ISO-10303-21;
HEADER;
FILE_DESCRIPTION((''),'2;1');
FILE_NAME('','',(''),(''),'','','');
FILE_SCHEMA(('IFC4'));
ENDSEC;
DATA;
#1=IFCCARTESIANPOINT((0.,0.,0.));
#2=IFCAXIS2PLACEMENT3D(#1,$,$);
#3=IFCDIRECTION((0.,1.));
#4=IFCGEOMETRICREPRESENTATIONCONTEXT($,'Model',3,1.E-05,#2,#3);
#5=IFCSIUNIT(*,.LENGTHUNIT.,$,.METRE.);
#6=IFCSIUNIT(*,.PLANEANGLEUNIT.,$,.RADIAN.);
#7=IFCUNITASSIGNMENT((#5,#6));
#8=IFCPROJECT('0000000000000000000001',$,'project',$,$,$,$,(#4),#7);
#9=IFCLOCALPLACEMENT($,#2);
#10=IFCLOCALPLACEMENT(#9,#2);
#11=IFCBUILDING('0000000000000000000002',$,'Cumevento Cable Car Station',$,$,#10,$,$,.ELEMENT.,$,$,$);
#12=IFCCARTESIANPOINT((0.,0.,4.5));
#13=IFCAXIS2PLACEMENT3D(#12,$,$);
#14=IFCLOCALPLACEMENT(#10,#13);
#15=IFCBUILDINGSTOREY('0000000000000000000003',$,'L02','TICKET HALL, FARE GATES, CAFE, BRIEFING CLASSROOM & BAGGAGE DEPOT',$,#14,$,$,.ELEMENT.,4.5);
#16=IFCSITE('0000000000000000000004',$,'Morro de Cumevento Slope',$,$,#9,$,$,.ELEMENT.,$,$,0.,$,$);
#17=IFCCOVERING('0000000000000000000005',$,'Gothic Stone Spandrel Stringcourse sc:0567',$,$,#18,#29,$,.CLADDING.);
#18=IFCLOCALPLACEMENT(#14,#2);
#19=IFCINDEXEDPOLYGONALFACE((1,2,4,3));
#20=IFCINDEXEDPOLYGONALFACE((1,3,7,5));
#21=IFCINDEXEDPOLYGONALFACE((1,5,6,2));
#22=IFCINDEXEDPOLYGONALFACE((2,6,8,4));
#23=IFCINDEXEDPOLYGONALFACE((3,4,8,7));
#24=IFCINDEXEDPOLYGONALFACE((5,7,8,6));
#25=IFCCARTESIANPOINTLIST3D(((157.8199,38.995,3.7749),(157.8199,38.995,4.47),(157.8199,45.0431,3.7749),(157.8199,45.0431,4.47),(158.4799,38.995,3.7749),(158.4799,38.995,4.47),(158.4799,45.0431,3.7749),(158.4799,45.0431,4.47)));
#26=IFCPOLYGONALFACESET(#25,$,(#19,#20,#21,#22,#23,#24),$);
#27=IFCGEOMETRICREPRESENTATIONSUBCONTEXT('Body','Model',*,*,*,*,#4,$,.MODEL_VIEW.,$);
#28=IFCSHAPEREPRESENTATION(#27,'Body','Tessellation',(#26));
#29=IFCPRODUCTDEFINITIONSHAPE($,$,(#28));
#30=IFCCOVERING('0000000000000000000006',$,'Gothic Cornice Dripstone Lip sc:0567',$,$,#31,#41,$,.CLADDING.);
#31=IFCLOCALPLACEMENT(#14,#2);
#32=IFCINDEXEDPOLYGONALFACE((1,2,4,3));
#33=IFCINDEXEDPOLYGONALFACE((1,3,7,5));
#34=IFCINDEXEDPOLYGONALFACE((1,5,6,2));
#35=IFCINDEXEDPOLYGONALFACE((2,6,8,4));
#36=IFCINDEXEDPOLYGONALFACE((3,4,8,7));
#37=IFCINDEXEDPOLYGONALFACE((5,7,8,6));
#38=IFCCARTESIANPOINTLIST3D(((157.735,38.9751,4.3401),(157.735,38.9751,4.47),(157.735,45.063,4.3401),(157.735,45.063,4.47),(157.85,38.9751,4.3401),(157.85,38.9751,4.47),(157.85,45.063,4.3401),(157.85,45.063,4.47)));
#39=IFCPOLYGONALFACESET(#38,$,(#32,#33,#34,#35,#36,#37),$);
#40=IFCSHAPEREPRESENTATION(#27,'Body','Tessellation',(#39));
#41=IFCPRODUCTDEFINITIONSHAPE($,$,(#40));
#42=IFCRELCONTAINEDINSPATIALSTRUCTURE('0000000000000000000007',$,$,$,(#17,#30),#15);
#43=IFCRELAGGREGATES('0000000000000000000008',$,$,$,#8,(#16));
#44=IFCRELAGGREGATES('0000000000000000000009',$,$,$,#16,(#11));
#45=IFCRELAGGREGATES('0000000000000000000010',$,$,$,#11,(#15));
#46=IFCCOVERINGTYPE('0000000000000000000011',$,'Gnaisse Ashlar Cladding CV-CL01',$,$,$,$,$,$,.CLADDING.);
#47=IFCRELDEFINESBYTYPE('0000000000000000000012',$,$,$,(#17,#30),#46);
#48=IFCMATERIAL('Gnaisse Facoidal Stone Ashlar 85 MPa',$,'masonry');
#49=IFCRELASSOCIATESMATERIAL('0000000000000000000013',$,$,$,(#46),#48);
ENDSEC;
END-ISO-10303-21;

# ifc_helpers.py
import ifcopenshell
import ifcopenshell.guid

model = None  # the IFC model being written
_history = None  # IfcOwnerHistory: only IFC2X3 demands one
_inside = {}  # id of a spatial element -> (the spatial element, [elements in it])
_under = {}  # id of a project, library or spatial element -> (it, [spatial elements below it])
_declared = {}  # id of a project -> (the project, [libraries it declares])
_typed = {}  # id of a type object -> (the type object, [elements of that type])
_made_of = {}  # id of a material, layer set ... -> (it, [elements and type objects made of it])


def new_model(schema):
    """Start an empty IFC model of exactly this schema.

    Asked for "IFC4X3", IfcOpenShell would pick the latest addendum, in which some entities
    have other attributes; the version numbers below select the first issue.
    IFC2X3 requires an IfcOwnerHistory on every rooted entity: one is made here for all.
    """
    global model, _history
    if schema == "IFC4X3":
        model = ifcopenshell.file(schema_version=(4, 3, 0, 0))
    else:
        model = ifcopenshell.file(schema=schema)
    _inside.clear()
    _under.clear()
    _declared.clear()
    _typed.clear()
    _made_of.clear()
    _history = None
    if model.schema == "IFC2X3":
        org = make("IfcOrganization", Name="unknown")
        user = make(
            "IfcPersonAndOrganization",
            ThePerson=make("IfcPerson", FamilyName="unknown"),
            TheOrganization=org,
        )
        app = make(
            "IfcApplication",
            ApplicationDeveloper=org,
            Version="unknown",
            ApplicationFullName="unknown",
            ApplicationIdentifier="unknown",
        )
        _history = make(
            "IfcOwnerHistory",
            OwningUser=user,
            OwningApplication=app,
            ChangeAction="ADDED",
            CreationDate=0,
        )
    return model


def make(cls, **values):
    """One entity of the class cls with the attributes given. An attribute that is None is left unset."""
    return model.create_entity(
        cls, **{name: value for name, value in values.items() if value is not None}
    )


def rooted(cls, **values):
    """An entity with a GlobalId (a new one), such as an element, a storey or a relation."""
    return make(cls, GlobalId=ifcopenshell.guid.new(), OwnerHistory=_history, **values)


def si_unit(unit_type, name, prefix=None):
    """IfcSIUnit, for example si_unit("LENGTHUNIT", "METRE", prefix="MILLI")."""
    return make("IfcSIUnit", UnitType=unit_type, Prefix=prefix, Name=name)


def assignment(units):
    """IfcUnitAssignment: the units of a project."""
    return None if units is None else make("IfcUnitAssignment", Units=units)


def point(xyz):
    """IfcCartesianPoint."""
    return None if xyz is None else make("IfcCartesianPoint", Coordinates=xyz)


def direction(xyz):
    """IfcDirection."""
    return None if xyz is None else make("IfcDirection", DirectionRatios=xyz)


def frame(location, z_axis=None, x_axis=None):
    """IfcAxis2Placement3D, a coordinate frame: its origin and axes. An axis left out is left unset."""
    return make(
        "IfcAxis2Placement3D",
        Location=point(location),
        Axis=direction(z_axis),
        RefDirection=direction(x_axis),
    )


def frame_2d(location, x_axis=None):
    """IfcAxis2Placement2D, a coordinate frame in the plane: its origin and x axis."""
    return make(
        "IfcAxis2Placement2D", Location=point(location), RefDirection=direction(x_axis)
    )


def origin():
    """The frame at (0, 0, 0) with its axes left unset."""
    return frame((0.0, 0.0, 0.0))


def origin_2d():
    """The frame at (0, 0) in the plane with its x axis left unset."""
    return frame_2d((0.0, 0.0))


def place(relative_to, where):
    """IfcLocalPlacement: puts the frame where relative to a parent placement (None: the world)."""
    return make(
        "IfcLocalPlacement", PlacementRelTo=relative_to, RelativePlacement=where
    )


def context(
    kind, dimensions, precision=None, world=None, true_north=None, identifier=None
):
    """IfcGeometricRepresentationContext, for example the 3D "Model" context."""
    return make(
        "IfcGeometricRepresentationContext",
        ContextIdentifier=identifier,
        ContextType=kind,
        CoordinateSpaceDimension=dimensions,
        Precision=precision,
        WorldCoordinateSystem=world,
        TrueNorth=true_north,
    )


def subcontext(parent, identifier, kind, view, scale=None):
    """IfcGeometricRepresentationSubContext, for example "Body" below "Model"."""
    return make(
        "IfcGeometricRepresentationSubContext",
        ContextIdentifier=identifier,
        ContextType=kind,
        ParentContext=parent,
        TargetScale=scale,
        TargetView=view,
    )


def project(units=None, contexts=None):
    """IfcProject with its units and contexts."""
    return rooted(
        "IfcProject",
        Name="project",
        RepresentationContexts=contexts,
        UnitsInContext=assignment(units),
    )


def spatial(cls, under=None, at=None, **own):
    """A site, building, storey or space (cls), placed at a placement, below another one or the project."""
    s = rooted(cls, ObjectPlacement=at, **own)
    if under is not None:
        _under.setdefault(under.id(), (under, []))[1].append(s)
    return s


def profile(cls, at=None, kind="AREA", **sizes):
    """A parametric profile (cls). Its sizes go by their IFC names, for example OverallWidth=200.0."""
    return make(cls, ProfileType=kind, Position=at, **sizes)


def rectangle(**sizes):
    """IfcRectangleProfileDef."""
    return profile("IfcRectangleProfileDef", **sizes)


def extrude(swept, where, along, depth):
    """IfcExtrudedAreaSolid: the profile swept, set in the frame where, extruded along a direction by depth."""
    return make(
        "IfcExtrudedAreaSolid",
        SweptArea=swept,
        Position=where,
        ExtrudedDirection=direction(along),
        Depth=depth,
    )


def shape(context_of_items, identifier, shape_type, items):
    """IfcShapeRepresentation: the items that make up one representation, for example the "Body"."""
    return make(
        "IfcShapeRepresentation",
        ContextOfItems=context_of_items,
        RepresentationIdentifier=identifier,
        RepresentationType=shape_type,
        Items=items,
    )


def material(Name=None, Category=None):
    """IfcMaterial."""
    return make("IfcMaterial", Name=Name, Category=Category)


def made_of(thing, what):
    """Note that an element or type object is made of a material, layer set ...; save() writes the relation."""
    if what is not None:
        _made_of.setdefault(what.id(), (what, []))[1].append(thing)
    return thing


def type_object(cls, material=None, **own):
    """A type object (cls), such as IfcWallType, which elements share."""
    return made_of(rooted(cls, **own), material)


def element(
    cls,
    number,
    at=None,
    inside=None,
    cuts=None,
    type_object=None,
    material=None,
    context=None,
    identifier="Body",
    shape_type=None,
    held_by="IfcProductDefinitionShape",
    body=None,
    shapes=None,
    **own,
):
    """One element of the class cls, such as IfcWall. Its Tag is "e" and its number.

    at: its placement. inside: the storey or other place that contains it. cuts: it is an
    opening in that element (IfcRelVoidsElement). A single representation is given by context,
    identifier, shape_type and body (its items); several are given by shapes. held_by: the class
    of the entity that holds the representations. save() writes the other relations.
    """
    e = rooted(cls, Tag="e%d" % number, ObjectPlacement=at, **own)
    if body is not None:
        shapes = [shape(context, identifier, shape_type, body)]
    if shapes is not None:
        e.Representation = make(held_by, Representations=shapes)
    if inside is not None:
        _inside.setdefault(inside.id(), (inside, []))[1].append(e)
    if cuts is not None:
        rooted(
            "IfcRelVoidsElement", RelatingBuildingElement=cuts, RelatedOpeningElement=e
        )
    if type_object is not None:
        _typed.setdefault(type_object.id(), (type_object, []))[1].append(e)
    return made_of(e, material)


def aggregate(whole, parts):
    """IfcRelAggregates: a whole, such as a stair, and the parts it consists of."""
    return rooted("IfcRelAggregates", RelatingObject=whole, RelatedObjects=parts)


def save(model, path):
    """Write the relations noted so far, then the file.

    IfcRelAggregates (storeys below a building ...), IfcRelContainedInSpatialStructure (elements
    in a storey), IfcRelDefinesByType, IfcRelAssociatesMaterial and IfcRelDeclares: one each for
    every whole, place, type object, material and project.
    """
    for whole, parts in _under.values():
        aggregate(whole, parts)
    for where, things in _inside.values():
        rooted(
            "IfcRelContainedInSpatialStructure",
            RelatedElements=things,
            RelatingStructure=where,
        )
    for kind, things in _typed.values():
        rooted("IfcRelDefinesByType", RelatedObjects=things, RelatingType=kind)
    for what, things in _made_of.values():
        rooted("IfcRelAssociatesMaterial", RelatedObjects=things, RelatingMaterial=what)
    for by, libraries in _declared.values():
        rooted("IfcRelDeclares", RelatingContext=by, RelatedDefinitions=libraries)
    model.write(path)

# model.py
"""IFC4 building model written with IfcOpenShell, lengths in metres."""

from ifc_helpers import new_model, si_unit, direction, frame, origin, origin_2d, place, context, subcontext, project, spatial, rectangle, extrude, material, type_object, element, save


model = new_model("IFC4")

# Units and contexts
model_context = context("Model", 3, precision=1e-05, world=origin(), true_north=direction((0.0, 1.0)))
body_context = subcontext(model_context, "Body", "Model", "MODEL_VIEW")
ifc_project = project(units=[si_unit("LENGTHUNIT", "METRE"), si_unit("PLANEANGLEUNIT", "RADIAN")], contexts=[model_context])

# Site, building, storey
site_placement = place(None, origin())
site = spatial("IfcSite", under=ifc_project, at=site_placement, Name="Morro de Cumevento Slope", CompositionType="ELEMENT", RefElevation=0.0)
building_placement = place(site_placement, origin())
building = spatial("IfcBuilding", under=site, at=building_placement, Name="Cumevento Cable Car Station", CompositionType="ELEMENT")
storey_placement = place(building_placement, frame((0.0, 0.0, 4.5)))
storey = spatial("IfcBuildingStorey", under=building, at=storey_placement, Name="L02", Description="TICKET HALL, FARE GATES, CAFE, BRIEFING CLASSROOM & BAGGAGE DEPOT", CompositionType="ELEMENT", Elevation=4.5)

# Coverings
ifc_material_1 = material(Name="Gnaisse Facoidal Stone Ashlar 85 MPa", Category="masonry")
covering_type = type_object("IfcCoveringType", Name="Gnaisse Ashlar Cladding CV-CL01", PredefinedType="CLADDING", material=ifc_material_1)
covering_1_placement = place(storey_placement, frame((158.1499, 42.019, 3.7749), z_axis=(0.0, 0.0, 1.0), x_axis=(0.0, 1.0, 0.0)))
element("IfcCovering", 1, at=covering_1_placement, inside=storey, type_object=covering_type, Name="Gothic Stone Spandrel Stringcourse sc:0567", PredefinedType="CLADDING", context=body_context, shape_type="SweptSolid", body=[
    extrude(rectangle(XDim=6.0481, YDim=0.6599, at=origin_2d()), origin(), (0.0, 0.0, 1.0), 0.6951),
])
covering_2_placement = place(storey_placement, frame((157.7925, 42.019, 4.3401), z_axis=(0.0, 0.0, 1.0), x_axis=(0.0, 1.0, 0.0)))
element("IfcCovering", 2, at=covering_2_placement, inside=storey, type_object=covering_type, Name="Gothic Cornice Dripstone Lip sc:0567", PredefinedType="CLADDING", context=body_context, shape_type="SweptSolid", body=[
    extrude(rectangle(XDim=6.0879, YDim=0.115, at=origin_2d()), origin(), (0.0, 0.0, 1.0), 0.1299),
])

save(model, "model.ifc")
